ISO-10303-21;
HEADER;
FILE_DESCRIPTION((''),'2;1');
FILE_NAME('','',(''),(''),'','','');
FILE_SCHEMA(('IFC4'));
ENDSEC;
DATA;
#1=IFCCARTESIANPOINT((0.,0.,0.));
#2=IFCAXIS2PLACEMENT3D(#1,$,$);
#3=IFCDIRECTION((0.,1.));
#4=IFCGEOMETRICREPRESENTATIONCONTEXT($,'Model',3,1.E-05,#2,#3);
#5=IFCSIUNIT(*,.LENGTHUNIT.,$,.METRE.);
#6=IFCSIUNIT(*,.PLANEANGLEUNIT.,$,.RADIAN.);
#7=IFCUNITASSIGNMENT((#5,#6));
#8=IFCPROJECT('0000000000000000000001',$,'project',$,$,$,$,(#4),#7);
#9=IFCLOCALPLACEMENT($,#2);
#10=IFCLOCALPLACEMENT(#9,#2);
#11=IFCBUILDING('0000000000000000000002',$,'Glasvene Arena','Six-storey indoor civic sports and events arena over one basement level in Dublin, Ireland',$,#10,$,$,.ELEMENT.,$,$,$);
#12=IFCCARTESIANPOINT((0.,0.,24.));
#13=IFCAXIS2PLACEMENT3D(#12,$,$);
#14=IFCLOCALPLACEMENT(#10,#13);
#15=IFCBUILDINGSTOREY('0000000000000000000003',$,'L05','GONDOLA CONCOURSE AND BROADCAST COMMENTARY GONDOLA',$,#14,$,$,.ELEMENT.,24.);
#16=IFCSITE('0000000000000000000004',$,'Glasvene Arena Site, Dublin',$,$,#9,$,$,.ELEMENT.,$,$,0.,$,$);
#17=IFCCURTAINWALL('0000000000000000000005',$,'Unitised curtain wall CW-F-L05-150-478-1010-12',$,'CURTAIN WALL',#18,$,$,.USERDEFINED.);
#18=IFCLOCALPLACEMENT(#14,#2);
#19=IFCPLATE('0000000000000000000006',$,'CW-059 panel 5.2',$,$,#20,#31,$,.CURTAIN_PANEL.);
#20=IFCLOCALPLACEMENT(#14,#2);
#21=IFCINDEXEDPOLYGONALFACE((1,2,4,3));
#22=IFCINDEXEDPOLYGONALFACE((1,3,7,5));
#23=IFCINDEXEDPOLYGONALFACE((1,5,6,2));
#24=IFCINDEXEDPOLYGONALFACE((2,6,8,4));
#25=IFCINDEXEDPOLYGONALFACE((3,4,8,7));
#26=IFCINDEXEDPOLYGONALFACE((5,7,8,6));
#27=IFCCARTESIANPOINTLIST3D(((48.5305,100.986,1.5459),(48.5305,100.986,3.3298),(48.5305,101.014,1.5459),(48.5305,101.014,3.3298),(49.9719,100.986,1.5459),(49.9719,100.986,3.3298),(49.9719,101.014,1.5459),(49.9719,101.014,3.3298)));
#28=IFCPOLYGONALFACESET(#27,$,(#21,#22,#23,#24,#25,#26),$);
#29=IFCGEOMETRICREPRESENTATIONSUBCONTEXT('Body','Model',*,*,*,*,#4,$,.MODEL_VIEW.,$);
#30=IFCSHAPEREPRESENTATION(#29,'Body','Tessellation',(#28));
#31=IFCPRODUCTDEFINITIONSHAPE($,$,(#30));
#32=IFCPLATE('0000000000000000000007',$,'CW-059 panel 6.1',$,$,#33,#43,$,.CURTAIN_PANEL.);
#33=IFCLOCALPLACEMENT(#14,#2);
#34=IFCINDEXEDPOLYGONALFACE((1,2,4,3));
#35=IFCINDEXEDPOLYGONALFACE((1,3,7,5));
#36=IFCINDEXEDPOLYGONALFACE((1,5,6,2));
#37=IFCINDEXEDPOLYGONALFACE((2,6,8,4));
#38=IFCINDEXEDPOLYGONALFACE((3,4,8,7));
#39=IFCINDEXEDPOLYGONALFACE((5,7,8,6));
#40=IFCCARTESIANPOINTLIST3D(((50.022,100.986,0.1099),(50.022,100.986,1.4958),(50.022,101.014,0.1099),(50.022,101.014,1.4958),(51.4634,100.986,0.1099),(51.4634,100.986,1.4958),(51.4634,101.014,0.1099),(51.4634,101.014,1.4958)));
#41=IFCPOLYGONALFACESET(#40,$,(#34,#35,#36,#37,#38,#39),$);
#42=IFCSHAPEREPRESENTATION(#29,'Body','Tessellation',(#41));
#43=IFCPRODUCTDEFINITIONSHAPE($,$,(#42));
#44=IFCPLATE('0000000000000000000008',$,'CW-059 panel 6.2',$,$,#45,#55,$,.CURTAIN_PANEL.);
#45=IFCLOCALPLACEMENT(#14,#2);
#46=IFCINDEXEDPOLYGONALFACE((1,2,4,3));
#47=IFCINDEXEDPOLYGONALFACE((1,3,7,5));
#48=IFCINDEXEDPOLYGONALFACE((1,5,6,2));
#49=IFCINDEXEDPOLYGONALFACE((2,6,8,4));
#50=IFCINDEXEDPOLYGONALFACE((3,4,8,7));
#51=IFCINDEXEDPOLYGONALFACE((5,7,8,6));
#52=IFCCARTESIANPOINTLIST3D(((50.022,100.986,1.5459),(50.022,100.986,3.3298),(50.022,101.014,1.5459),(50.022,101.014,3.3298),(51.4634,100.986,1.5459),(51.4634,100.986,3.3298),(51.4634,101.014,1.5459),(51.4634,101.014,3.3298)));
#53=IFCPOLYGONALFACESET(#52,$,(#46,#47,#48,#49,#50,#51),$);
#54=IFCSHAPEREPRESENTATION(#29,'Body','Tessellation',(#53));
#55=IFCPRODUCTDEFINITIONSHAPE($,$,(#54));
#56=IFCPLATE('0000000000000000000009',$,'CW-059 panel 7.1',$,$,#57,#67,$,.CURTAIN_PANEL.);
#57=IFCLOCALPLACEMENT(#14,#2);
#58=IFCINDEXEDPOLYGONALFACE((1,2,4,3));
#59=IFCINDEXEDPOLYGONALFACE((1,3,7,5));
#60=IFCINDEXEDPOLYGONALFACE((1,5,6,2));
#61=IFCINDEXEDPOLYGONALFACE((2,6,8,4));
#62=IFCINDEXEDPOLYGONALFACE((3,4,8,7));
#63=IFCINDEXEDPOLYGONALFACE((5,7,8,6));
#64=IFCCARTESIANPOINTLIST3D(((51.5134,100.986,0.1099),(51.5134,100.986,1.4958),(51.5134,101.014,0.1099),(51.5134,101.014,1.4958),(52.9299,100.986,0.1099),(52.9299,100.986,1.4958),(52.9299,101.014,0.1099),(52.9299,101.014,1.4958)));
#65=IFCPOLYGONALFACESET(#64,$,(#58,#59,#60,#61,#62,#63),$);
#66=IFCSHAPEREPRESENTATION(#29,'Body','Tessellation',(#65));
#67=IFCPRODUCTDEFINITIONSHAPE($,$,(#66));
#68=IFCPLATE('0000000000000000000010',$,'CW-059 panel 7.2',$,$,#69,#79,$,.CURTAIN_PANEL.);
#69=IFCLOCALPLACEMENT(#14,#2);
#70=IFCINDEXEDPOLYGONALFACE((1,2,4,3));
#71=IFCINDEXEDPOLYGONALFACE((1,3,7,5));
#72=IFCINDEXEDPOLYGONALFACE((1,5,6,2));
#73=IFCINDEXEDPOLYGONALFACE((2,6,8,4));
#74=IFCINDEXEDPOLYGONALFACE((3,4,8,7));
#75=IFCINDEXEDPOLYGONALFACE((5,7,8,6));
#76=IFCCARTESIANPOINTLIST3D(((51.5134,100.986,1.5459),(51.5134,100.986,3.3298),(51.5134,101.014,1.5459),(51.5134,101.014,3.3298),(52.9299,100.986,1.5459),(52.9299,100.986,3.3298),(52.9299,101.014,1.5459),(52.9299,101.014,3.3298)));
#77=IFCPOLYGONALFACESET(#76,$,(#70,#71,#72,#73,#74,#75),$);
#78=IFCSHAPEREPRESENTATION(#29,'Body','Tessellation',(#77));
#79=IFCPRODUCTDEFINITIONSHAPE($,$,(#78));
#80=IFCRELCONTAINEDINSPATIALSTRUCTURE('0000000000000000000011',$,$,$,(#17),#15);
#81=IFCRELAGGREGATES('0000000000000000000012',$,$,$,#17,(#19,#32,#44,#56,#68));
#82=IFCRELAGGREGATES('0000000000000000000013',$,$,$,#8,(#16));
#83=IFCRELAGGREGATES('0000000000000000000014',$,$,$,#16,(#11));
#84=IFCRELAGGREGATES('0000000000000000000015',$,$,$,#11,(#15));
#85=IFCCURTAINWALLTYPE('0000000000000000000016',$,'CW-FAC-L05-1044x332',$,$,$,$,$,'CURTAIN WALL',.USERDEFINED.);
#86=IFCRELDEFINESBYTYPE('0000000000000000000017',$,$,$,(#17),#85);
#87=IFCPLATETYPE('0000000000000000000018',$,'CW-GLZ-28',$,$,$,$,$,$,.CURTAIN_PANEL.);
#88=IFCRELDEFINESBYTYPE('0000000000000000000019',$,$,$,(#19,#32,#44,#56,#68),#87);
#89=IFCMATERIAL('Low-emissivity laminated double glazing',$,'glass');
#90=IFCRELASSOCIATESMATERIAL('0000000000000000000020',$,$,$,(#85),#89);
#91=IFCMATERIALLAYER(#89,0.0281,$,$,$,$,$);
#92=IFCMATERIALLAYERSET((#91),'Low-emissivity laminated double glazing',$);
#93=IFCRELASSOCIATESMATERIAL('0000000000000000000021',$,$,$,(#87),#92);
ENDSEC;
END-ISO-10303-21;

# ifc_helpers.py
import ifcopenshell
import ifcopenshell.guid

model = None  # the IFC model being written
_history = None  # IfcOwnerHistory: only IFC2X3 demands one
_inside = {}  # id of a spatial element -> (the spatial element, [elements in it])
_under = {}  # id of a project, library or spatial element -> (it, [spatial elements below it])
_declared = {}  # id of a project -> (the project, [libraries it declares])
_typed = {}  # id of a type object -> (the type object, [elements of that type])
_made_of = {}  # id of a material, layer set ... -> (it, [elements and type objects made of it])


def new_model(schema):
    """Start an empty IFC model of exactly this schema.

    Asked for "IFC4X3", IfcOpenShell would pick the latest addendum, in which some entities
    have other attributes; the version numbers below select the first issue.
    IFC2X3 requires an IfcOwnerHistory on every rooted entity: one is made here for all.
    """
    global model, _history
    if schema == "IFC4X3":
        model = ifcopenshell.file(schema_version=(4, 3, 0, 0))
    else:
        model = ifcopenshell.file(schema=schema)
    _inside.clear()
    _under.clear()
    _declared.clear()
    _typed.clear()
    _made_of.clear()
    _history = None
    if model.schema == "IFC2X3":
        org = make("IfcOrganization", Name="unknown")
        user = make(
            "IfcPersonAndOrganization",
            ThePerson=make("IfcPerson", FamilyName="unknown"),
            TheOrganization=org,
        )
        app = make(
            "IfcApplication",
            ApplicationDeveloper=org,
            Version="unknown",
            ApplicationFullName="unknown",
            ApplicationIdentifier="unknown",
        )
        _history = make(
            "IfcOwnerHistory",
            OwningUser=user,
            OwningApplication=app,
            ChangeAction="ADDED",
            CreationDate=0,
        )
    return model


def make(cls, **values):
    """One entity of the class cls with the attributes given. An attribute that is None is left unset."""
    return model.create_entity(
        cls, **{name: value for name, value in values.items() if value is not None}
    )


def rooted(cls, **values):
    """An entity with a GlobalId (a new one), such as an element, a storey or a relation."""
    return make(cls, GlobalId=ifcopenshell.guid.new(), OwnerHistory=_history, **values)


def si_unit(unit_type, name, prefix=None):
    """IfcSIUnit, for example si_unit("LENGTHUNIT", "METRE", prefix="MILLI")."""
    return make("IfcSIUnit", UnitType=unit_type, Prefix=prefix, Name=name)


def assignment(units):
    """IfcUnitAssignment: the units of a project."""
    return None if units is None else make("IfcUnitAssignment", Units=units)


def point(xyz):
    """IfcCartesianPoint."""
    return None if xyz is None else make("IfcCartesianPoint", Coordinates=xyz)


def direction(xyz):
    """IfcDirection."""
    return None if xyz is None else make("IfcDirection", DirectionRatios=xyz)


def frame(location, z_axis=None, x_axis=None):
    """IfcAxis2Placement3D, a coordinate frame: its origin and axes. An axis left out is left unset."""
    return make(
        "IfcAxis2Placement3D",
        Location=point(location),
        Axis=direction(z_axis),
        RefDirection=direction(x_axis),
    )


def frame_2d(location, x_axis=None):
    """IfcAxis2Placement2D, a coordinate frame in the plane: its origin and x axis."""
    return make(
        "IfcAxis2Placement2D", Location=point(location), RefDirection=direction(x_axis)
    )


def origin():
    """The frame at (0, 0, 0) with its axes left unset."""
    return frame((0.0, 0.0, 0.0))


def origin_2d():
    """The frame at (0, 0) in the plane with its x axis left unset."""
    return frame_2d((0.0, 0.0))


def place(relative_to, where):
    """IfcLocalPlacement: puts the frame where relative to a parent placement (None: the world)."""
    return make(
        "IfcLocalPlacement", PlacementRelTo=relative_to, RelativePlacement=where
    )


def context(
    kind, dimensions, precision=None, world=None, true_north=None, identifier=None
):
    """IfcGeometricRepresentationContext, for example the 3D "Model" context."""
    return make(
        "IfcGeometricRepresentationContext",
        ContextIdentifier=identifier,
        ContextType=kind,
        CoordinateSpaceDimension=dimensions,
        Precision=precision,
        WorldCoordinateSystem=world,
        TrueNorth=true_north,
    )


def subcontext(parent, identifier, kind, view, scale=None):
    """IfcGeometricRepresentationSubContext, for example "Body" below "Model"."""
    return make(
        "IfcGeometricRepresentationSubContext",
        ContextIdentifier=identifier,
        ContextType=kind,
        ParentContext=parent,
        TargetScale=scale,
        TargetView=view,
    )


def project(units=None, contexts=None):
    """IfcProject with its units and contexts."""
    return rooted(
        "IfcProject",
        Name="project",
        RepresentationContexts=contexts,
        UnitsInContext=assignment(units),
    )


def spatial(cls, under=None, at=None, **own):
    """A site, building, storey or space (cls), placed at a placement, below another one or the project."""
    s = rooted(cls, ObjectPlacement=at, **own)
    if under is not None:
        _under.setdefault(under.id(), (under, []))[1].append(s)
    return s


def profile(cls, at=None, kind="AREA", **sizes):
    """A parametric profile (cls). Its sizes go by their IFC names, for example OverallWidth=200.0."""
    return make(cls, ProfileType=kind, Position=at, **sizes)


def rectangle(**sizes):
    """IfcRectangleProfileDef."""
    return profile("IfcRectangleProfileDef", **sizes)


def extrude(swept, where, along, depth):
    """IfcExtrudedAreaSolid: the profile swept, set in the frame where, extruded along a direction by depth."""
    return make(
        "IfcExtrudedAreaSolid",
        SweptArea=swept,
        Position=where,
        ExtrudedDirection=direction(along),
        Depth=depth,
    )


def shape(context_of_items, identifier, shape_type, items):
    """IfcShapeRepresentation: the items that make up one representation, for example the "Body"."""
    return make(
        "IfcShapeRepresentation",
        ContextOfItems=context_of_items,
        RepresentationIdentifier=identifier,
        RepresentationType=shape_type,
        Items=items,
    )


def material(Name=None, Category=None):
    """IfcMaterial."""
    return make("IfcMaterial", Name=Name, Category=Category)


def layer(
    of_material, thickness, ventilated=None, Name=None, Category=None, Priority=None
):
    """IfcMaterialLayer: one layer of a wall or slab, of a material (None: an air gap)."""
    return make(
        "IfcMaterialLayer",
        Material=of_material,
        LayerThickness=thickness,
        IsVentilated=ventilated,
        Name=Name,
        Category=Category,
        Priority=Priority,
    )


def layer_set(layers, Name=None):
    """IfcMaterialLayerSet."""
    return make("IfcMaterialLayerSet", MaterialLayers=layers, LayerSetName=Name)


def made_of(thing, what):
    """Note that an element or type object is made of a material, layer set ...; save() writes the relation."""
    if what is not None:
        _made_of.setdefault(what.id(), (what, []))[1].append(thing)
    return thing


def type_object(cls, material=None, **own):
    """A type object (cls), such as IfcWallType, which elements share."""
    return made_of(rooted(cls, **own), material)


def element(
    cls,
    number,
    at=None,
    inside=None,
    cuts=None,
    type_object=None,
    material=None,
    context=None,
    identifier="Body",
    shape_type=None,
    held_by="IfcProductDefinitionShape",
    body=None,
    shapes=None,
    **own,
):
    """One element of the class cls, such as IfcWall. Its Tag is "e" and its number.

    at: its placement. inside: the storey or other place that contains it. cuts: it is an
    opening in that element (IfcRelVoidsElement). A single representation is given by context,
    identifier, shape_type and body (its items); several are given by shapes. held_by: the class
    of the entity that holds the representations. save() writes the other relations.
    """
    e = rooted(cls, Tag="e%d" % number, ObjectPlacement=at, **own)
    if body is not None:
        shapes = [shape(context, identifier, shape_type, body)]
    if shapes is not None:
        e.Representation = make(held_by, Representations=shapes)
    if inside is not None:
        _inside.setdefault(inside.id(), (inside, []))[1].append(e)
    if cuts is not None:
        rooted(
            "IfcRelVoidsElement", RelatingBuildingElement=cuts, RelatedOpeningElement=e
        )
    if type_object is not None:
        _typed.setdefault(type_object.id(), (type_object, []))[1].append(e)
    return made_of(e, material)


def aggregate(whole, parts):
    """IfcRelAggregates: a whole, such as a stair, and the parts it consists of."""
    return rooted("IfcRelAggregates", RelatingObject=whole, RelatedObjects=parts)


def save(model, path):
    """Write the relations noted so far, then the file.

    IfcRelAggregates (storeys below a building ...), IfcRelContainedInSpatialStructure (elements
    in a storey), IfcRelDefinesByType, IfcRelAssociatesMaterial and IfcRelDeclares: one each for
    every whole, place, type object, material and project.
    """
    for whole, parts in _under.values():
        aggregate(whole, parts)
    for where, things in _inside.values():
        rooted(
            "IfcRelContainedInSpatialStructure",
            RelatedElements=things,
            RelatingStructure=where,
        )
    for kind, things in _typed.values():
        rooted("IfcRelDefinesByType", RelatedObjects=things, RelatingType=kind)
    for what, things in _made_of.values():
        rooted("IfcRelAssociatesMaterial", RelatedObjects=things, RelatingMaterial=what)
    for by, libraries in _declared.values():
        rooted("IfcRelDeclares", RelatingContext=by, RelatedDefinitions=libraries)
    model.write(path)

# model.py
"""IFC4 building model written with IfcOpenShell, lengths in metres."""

from ifc_helpers import new_model, si_unit, direction, frame, origin, origin_2d, place, context, subcontext, project, spatial, rectangle, extrude, material, layer, layer_set, type_object, element, aggregate, save


model = new_model("IFC4")

# Units and contexts
model_context = context("Model", 3, precision=1e-05, world=origin(), true_north=direction((0.0, 1.0)))
body_context = subcontext(model_context, "Body", "Model", "MODEL_VIEW")
ifc_project = project(units=[si_unit("LENGTHUNIT", "METRE"), si_unit("PLANEANGLEUNIT", "RADIAN")], contexts=[model_context])

# Site, building, storey
site_placement = place(None, origin())
site = spatial("IfcSite", under=ifc_project, at=site_placement, Name="Glasvene Arena Site, Dublin", CompositionType="ELEMENT", RefElevation=0.0)
building_placement = place(site_placement, origin())
building = spatial("IfcBuilding", under=site, at=building_placement, Name="Glasvene Arena", Description="Six-storey indoor civic sports and events arena over one basement level in Dublin, Ireland", CompositionType="ELEMENT")
storey_placement = place(building_placement, frame((0.0, 0.0, 24.0)))
storey = spatial("IfcBuildingStorey", under=building, at=storey_placement, Name="L05", Description="GONDOLA CONCOURSE AND BROADCAST COMMENTARY GONDOLA", CompositionType="ELEMENT", Elevation=24.0)

# Curtain wall, plates
ifc_material_1 = material(Name="Low-emissivity laminated double glazing", Category="glass")
curtain_wall_type = type_object("IfcCurtainWallType", Name="CW-FAC-L05-1044x332", ElementType="CURTAIN WALL", PredefinedType="USERDEFINED", material=ifc_material_1)
curtain_wall_placement = place(storey_placement, frame((42.54, 101.0, 0.0)))
curtain_wall = element("IfcCurtainWall", 1, at=curtain_wall_placement, inside=storey, type_object=curtain_wall_type, Name="Unitised curtain wall CW-F-L05-150-478-1010-12", ObjectType="CURTAIN WALL", PredefinedType="USERDEFINED")
ifc_layer = layer(ifc_material_1, 0.0281)
ifc_layer_set = layer_set([ifc_layer], Name="Low-emissivity laminated double glazing")
plate_type = type_object("IfcPlateType", Name="CW-GLZ-28", PredefinedType="CURTAIN_PANEL", material=ifc_layer_set)
plate_1_placement = place(storey_placement, frame((49.2512, 101.0, 1.5459), z_axis=(0.0, 0.0, 1.0), x_axis=(1.0, 0.0, 0.0)))
plate_1 = element("IfcPlate", 2, at=plate_1_placement, type_object=plate_type, Name="CW-059 panel 5.2", PredefinedType="CURTAIN_PANEL", context=body_context, shape_type="SweptSolid", body=[
    extrude(rectangle(XDim=1.4414, YDim=0.0281, at=origin_2d()), origin(), (0.0, 0.0, 1.0), 1.7839),
])
plate_2_placement = place(storey_placement, frame((50.7427, 101.0, 0.1099), z_axis=(0.0, 0.0, 1.0), x_axis=(1.0, 0.0, 0.0)))
plate_2 = element("IfcPlate", 3, at=plate_2_placement, type_object=plate_type, Name="CW-059 panel 6.1", PredefinedType="CURTAIN_PANEL", context=body_context, shape_type="SweptSolid", body=[
    extrude(rectangle(XDim=1.4414, YDim=0.0281, at=origin_2d()), origin(), (0.0, 0.0, 1.0), 1.386),
])
plate_3_placement = place(storey_placement, frame((50.7427, 101.0, 1.5459), z_axis=(0.0, 0.0, 1.0), x_axis=(1.0, 0.0, 0.0)))
plate_3 = element("IfcPlate", 4, at=plate_3_placement, type_object=plate_type, Name="CW-059 panel 6.2", PredefinedType="CURTAIN_PANEL", context=body_context, shape_type="SweptSolid", body=[
    extrude(rectangle(XDim=1.4414, YDim=0.0281, at=origin_2d()), origin(), (0.0, 0.0, 1.0), 1.7839),
])
plate_4_placement = place(storey_placement, frame((52.2217, 101.0, 0.1099), z_axis=(0.0, 0.0, 1.0), x_axis=(1.0, 0.0, 0.0)))
plate_4 = element("IfcPlate", 5, at=plate_4_placement, type_object=plate_type, Name="CW-059 panel 7.1", PredefinedType="CURTAIN_PANEL", context=body_context, shape_type="SweptSolid", body=[
    extrude(rectangle(XDim=1.4165, YDim=0.0281, at=origin_2d()), origin(), (0.0, 0.0, 1.0), 1.386),
])
plate_5_placement = place(storey_placement, frame((52.2217, 101.0, 1.5459), z_axis=(0.0, 0.0, 1.0), x_axis=(1.0, 0.0, 0.0)))
plate_5 = element("IfcPlate", 6, at=plate_5_placement, type_object=plate_type, Name="CW-059 panel 7.2", PredefinedType="CURTAIN_PANEL", context=body_context, shape_type="SweptSolid", body=[
    extrude(rectangle(XDim=1.4165, YDim=0.0281, at=origin_2d()), origin(), (0.0, 0.0, 1.0), 1.7839),
])
aggregate(curtain_wall, [plate_1, plate_2, plate_3, plate_4, plate_5])

save(model, "model.ifc")
